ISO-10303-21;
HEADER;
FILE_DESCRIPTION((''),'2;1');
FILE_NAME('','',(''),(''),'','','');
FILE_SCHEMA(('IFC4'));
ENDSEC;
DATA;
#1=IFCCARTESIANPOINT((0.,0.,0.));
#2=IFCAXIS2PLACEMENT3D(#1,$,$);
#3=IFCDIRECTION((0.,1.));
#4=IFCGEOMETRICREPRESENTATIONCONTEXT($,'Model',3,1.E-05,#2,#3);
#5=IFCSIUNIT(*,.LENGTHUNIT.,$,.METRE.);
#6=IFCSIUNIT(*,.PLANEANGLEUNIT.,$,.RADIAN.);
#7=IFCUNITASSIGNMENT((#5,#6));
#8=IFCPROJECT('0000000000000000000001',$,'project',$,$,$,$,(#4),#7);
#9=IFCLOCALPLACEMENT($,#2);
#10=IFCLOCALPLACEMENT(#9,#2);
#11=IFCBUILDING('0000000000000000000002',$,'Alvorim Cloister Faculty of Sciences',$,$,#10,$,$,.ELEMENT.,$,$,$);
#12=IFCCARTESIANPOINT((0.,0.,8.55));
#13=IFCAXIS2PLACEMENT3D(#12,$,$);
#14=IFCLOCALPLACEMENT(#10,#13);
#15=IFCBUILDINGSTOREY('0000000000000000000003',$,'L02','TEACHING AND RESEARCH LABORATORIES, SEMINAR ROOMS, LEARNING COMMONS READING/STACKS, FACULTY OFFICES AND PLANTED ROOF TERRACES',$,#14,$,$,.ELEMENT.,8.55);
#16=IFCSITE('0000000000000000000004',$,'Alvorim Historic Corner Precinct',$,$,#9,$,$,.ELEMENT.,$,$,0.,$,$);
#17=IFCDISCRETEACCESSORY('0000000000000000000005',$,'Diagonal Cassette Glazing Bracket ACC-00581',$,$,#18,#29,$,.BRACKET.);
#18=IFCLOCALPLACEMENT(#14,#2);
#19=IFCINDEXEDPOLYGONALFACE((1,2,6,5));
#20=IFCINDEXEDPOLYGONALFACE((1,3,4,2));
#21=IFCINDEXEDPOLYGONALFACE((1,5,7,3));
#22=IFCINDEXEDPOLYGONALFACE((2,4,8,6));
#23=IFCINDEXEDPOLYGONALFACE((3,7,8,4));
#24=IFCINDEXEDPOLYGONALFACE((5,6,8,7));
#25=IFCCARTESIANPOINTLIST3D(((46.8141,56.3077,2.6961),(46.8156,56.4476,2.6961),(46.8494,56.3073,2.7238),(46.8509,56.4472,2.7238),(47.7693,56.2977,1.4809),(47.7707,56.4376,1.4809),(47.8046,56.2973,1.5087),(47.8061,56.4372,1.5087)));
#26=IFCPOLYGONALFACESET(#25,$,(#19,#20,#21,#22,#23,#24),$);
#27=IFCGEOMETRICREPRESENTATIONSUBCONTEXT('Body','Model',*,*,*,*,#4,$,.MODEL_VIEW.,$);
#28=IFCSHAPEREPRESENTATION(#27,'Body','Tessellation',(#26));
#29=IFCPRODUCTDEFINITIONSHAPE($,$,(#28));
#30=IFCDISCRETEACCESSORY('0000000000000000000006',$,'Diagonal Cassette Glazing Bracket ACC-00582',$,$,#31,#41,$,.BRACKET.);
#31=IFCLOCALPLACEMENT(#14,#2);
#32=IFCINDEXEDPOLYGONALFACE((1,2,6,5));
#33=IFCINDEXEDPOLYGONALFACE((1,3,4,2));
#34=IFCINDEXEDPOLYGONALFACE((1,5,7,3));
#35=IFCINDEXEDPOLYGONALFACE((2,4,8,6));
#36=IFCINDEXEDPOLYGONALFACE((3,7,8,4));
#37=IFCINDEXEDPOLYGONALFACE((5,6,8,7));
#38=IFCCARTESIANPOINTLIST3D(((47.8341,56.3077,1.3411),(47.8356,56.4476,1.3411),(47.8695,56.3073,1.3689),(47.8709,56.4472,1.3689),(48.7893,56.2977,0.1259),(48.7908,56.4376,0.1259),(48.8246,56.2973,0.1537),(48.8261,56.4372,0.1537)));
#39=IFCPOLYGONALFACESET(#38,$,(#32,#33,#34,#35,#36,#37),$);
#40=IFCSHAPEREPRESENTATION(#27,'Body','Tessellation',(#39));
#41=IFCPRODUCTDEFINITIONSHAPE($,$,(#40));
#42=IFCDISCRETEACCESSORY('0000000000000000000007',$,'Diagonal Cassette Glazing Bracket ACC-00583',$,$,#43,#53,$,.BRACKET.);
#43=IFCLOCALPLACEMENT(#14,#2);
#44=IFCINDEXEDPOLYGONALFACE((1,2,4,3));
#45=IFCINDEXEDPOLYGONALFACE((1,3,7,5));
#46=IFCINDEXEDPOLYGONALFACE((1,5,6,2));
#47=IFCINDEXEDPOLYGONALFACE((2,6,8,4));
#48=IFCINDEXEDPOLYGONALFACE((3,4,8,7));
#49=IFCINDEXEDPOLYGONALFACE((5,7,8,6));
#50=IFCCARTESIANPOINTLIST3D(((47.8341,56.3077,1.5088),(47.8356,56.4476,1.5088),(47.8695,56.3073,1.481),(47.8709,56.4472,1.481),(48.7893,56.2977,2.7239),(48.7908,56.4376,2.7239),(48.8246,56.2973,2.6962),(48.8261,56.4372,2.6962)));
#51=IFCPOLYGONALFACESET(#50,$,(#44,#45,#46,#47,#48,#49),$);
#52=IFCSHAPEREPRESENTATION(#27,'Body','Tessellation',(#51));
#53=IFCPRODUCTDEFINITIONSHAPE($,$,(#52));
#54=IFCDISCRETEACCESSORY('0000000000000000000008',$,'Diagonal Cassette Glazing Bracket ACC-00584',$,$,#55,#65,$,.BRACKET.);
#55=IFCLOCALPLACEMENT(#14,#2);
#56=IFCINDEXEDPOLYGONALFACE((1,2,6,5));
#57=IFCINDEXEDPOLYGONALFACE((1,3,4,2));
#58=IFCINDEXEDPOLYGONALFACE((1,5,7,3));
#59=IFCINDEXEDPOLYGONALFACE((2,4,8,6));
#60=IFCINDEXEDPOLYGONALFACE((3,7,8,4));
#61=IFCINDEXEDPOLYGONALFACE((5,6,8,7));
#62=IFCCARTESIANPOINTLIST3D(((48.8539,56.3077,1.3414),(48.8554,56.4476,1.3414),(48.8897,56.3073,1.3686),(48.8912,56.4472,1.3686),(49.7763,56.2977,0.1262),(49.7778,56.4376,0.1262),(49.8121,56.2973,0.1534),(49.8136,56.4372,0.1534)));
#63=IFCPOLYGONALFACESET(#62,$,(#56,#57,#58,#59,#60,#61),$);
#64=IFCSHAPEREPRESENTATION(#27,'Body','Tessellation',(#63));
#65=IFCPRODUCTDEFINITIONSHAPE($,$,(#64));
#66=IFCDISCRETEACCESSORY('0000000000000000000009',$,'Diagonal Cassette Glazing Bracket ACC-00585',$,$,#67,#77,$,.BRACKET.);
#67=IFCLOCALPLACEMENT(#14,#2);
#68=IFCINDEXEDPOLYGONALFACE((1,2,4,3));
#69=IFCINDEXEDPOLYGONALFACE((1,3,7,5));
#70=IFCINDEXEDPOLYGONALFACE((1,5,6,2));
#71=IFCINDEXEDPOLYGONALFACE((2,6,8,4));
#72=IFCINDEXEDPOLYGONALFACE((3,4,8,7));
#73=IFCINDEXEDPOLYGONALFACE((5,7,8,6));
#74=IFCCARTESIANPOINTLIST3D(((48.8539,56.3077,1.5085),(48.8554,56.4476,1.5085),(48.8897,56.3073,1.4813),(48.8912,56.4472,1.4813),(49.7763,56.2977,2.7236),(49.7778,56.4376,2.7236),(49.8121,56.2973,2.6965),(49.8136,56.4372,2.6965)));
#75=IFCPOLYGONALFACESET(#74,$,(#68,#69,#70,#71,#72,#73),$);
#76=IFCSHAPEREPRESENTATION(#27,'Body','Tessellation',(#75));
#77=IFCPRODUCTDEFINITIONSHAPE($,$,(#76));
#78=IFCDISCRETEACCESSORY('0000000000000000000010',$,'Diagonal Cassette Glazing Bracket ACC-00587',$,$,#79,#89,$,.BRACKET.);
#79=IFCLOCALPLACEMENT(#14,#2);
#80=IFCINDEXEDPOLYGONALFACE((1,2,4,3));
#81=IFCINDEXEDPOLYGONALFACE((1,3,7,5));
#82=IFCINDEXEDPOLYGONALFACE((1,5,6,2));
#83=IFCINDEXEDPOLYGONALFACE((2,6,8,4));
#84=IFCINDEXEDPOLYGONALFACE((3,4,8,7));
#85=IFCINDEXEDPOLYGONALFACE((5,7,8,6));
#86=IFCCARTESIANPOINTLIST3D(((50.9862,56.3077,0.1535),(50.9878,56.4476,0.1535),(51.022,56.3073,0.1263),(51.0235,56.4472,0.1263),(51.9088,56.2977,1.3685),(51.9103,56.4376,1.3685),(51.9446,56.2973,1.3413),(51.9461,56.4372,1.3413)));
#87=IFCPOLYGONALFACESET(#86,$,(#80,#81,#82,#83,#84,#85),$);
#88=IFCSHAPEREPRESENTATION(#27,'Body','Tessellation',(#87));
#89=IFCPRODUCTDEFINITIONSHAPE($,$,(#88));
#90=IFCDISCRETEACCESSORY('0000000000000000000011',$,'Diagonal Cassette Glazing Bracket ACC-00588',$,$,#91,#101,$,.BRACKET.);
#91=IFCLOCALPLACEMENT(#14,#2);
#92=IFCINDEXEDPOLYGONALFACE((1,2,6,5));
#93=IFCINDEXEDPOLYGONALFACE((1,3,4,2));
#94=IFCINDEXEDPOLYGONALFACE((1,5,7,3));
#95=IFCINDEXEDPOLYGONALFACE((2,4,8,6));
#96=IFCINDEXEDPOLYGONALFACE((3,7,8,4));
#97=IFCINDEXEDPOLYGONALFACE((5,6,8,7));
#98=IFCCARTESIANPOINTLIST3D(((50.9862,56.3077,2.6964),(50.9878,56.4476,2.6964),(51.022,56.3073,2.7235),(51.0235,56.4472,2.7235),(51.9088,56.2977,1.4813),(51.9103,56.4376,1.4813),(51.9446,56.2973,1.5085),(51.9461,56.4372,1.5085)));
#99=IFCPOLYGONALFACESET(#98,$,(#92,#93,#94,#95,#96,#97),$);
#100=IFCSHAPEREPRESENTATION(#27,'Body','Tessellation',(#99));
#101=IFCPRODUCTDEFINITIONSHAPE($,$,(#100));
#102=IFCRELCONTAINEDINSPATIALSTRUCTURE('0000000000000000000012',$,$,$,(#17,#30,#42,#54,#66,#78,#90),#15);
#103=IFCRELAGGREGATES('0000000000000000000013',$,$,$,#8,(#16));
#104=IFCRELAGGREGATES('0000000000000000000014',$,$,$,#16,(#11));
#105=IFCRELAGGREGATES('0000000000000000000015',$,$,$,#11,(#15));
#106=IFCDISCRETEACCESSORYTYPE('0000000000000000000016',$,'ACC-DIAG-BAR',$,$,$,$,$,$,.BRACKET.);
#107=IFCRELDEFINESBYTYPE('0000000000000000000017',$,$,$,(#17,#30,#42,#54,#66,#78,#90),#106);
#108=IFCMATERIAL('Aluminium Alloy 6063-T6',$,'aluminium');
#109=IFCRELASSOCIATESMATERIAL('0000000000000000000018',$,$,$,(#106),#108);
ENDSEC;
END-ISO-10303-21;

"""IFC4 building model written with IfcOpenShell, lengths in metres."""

from ifc_helpers import new_model, si_unit, direction, frame, origin, origin_2d, place, context, subcontext, project, spatial, rectangle, extrude, material, type_object, element, save


model = new_model("IFC4")

# Units and contexts
model_context = context("Model", 3, precision=1e-05, world=origin(), true_north=direction((0.0, 1.0)))
body_context = subcontext(model_context, "Body", "Model", "MODEL_VIEW")
ifc_project = project(units=[si_unit("LENGTHUNIT", "METRE"), si_unit("PLANEANGLEUNIT", "RADIAN")], contexts=[model_context])

# Site, building, storey
site_placement = place(None, origin())
site = spatial("IfcSite", under=ifc_project, at=site_placement, Name="Alvorim Historic Corner Precinct", CompositionType="ELEMENT", RefElevation=0.0)
building_placement = place(site_placement, origin())
building = spatial("IfcBuilding", under=site, at=building_placement, Name="Alvorim Cloister Faculty of Sciences", CompositionType="ELEMENT")
storey_placement = place(building_placement, frame((0.0, 0.0, 8.55)))
storey = spatial("IfcBuildingStorey", under=building, at=storey_placement, Name="L02", Description="TEACHING AND RESEARCH LABORATORIES, SEMINAR ROOMS, LEARNING COMMONS READING/STACKS, FACULTY OFFICES AND PLANTED ROOF TERRACES", CompositionType="ELEMENT", Elevation=8.55)

# Shared definitions
ifc_material_1 = material(Name="Aluminium Alloy 6063-T6", Category="aluminium")

# Discrete accessories
discrete_accessory_type = type_object("IfcDiscreteAccessoryType", Name="ACC-DIAG-BAR", PredefinedType="BRACKET", material=ifc_material_1)
for number, where, z_axis, x_axis, name in (
    (1, (46.8325, 56.3774, 2.71), (0.617955, -0.006477, -0.786187), (0.01048, 0.999945, 0.0), "Diagonal Cassette Glazing Bracket ACC-00581"),
    (2, (47.8525, 56.3774, 1.355), (0.617955, -0.006477, -0.786187), (0.01048, 0.999945, 0.0), "Diagonal Cassette Glazing Bracket ACC-00582"),
    (3, (47.8525, 56.3774, 1.4949), (0.617955, -0.006477, 0.786187), (0.01048, 0.999945, 0.0), "Diagonal Cassette Glazing Bracket ACC-00583"),
):
    element("IfcDiscreteAccessory", number, at=place(storey_placement, frame(where, z_axis=z_axis, x_axis=x_axis)), inside=storey, type_object=discrete_accessory_type, Name=name, PredefinedType="BRACKET", context=body_context, shape_type="SweptSolid", body=[
        extrude(rectangle(XDim=0.1399, YDim=0.0449, at=origin_2d()), origin(), (0.0, 0.0, 1.0), 1.5457),
    ])
for number, where, z_axis, x_axis, name in (
    (4, (48.8726, 56.3774, 1.355), (0.604612, -0.006561, -0.796493), (0.010852, 0.999941, 0.0), "Diagonal Cassette Glazing Bracket ACC-00584"),
    (5, (48.8726, 56.3774, 1.4949), (0.604612, -0.006561, 0.796493), (0.010852, 0.999941, 0.0), "Diagonal Cassette Glazing Bracket ACC-00585"),
    (6, (51.0049, 56.3774, 0.1399), (0.604713, -0.006561, 0.796416), (0.010849, 0.999941, 0.0), "Diagonal Cassette Glazing Bracket ACC-00587"),
    (7, (51.0049, 56.3774, 2.71), (0.604713, -0.006561, -0.796416), (0.010849, 0.999941, 0.0), "Diagonal Cassette Glazing Bracket ACC-00588"),
):
    element("IfcDiscreteAccessory", number, at=place(storey_placement, frame(where, z_axis=z_axis, x_axis=x_axis)), inside=storey, type_object=discrete_accessory_type, Name=name, PredefinedType="BRACKET", context=body_context, shape_type="SweptSolid", body=[
        extrude(rectangle(XDim=0.1399, YDim=0.0449, at=origin_2d()), origin(), (0.0, 0.0, 1.0), 1.5256),
    ])

save(model, "model.ifc")
